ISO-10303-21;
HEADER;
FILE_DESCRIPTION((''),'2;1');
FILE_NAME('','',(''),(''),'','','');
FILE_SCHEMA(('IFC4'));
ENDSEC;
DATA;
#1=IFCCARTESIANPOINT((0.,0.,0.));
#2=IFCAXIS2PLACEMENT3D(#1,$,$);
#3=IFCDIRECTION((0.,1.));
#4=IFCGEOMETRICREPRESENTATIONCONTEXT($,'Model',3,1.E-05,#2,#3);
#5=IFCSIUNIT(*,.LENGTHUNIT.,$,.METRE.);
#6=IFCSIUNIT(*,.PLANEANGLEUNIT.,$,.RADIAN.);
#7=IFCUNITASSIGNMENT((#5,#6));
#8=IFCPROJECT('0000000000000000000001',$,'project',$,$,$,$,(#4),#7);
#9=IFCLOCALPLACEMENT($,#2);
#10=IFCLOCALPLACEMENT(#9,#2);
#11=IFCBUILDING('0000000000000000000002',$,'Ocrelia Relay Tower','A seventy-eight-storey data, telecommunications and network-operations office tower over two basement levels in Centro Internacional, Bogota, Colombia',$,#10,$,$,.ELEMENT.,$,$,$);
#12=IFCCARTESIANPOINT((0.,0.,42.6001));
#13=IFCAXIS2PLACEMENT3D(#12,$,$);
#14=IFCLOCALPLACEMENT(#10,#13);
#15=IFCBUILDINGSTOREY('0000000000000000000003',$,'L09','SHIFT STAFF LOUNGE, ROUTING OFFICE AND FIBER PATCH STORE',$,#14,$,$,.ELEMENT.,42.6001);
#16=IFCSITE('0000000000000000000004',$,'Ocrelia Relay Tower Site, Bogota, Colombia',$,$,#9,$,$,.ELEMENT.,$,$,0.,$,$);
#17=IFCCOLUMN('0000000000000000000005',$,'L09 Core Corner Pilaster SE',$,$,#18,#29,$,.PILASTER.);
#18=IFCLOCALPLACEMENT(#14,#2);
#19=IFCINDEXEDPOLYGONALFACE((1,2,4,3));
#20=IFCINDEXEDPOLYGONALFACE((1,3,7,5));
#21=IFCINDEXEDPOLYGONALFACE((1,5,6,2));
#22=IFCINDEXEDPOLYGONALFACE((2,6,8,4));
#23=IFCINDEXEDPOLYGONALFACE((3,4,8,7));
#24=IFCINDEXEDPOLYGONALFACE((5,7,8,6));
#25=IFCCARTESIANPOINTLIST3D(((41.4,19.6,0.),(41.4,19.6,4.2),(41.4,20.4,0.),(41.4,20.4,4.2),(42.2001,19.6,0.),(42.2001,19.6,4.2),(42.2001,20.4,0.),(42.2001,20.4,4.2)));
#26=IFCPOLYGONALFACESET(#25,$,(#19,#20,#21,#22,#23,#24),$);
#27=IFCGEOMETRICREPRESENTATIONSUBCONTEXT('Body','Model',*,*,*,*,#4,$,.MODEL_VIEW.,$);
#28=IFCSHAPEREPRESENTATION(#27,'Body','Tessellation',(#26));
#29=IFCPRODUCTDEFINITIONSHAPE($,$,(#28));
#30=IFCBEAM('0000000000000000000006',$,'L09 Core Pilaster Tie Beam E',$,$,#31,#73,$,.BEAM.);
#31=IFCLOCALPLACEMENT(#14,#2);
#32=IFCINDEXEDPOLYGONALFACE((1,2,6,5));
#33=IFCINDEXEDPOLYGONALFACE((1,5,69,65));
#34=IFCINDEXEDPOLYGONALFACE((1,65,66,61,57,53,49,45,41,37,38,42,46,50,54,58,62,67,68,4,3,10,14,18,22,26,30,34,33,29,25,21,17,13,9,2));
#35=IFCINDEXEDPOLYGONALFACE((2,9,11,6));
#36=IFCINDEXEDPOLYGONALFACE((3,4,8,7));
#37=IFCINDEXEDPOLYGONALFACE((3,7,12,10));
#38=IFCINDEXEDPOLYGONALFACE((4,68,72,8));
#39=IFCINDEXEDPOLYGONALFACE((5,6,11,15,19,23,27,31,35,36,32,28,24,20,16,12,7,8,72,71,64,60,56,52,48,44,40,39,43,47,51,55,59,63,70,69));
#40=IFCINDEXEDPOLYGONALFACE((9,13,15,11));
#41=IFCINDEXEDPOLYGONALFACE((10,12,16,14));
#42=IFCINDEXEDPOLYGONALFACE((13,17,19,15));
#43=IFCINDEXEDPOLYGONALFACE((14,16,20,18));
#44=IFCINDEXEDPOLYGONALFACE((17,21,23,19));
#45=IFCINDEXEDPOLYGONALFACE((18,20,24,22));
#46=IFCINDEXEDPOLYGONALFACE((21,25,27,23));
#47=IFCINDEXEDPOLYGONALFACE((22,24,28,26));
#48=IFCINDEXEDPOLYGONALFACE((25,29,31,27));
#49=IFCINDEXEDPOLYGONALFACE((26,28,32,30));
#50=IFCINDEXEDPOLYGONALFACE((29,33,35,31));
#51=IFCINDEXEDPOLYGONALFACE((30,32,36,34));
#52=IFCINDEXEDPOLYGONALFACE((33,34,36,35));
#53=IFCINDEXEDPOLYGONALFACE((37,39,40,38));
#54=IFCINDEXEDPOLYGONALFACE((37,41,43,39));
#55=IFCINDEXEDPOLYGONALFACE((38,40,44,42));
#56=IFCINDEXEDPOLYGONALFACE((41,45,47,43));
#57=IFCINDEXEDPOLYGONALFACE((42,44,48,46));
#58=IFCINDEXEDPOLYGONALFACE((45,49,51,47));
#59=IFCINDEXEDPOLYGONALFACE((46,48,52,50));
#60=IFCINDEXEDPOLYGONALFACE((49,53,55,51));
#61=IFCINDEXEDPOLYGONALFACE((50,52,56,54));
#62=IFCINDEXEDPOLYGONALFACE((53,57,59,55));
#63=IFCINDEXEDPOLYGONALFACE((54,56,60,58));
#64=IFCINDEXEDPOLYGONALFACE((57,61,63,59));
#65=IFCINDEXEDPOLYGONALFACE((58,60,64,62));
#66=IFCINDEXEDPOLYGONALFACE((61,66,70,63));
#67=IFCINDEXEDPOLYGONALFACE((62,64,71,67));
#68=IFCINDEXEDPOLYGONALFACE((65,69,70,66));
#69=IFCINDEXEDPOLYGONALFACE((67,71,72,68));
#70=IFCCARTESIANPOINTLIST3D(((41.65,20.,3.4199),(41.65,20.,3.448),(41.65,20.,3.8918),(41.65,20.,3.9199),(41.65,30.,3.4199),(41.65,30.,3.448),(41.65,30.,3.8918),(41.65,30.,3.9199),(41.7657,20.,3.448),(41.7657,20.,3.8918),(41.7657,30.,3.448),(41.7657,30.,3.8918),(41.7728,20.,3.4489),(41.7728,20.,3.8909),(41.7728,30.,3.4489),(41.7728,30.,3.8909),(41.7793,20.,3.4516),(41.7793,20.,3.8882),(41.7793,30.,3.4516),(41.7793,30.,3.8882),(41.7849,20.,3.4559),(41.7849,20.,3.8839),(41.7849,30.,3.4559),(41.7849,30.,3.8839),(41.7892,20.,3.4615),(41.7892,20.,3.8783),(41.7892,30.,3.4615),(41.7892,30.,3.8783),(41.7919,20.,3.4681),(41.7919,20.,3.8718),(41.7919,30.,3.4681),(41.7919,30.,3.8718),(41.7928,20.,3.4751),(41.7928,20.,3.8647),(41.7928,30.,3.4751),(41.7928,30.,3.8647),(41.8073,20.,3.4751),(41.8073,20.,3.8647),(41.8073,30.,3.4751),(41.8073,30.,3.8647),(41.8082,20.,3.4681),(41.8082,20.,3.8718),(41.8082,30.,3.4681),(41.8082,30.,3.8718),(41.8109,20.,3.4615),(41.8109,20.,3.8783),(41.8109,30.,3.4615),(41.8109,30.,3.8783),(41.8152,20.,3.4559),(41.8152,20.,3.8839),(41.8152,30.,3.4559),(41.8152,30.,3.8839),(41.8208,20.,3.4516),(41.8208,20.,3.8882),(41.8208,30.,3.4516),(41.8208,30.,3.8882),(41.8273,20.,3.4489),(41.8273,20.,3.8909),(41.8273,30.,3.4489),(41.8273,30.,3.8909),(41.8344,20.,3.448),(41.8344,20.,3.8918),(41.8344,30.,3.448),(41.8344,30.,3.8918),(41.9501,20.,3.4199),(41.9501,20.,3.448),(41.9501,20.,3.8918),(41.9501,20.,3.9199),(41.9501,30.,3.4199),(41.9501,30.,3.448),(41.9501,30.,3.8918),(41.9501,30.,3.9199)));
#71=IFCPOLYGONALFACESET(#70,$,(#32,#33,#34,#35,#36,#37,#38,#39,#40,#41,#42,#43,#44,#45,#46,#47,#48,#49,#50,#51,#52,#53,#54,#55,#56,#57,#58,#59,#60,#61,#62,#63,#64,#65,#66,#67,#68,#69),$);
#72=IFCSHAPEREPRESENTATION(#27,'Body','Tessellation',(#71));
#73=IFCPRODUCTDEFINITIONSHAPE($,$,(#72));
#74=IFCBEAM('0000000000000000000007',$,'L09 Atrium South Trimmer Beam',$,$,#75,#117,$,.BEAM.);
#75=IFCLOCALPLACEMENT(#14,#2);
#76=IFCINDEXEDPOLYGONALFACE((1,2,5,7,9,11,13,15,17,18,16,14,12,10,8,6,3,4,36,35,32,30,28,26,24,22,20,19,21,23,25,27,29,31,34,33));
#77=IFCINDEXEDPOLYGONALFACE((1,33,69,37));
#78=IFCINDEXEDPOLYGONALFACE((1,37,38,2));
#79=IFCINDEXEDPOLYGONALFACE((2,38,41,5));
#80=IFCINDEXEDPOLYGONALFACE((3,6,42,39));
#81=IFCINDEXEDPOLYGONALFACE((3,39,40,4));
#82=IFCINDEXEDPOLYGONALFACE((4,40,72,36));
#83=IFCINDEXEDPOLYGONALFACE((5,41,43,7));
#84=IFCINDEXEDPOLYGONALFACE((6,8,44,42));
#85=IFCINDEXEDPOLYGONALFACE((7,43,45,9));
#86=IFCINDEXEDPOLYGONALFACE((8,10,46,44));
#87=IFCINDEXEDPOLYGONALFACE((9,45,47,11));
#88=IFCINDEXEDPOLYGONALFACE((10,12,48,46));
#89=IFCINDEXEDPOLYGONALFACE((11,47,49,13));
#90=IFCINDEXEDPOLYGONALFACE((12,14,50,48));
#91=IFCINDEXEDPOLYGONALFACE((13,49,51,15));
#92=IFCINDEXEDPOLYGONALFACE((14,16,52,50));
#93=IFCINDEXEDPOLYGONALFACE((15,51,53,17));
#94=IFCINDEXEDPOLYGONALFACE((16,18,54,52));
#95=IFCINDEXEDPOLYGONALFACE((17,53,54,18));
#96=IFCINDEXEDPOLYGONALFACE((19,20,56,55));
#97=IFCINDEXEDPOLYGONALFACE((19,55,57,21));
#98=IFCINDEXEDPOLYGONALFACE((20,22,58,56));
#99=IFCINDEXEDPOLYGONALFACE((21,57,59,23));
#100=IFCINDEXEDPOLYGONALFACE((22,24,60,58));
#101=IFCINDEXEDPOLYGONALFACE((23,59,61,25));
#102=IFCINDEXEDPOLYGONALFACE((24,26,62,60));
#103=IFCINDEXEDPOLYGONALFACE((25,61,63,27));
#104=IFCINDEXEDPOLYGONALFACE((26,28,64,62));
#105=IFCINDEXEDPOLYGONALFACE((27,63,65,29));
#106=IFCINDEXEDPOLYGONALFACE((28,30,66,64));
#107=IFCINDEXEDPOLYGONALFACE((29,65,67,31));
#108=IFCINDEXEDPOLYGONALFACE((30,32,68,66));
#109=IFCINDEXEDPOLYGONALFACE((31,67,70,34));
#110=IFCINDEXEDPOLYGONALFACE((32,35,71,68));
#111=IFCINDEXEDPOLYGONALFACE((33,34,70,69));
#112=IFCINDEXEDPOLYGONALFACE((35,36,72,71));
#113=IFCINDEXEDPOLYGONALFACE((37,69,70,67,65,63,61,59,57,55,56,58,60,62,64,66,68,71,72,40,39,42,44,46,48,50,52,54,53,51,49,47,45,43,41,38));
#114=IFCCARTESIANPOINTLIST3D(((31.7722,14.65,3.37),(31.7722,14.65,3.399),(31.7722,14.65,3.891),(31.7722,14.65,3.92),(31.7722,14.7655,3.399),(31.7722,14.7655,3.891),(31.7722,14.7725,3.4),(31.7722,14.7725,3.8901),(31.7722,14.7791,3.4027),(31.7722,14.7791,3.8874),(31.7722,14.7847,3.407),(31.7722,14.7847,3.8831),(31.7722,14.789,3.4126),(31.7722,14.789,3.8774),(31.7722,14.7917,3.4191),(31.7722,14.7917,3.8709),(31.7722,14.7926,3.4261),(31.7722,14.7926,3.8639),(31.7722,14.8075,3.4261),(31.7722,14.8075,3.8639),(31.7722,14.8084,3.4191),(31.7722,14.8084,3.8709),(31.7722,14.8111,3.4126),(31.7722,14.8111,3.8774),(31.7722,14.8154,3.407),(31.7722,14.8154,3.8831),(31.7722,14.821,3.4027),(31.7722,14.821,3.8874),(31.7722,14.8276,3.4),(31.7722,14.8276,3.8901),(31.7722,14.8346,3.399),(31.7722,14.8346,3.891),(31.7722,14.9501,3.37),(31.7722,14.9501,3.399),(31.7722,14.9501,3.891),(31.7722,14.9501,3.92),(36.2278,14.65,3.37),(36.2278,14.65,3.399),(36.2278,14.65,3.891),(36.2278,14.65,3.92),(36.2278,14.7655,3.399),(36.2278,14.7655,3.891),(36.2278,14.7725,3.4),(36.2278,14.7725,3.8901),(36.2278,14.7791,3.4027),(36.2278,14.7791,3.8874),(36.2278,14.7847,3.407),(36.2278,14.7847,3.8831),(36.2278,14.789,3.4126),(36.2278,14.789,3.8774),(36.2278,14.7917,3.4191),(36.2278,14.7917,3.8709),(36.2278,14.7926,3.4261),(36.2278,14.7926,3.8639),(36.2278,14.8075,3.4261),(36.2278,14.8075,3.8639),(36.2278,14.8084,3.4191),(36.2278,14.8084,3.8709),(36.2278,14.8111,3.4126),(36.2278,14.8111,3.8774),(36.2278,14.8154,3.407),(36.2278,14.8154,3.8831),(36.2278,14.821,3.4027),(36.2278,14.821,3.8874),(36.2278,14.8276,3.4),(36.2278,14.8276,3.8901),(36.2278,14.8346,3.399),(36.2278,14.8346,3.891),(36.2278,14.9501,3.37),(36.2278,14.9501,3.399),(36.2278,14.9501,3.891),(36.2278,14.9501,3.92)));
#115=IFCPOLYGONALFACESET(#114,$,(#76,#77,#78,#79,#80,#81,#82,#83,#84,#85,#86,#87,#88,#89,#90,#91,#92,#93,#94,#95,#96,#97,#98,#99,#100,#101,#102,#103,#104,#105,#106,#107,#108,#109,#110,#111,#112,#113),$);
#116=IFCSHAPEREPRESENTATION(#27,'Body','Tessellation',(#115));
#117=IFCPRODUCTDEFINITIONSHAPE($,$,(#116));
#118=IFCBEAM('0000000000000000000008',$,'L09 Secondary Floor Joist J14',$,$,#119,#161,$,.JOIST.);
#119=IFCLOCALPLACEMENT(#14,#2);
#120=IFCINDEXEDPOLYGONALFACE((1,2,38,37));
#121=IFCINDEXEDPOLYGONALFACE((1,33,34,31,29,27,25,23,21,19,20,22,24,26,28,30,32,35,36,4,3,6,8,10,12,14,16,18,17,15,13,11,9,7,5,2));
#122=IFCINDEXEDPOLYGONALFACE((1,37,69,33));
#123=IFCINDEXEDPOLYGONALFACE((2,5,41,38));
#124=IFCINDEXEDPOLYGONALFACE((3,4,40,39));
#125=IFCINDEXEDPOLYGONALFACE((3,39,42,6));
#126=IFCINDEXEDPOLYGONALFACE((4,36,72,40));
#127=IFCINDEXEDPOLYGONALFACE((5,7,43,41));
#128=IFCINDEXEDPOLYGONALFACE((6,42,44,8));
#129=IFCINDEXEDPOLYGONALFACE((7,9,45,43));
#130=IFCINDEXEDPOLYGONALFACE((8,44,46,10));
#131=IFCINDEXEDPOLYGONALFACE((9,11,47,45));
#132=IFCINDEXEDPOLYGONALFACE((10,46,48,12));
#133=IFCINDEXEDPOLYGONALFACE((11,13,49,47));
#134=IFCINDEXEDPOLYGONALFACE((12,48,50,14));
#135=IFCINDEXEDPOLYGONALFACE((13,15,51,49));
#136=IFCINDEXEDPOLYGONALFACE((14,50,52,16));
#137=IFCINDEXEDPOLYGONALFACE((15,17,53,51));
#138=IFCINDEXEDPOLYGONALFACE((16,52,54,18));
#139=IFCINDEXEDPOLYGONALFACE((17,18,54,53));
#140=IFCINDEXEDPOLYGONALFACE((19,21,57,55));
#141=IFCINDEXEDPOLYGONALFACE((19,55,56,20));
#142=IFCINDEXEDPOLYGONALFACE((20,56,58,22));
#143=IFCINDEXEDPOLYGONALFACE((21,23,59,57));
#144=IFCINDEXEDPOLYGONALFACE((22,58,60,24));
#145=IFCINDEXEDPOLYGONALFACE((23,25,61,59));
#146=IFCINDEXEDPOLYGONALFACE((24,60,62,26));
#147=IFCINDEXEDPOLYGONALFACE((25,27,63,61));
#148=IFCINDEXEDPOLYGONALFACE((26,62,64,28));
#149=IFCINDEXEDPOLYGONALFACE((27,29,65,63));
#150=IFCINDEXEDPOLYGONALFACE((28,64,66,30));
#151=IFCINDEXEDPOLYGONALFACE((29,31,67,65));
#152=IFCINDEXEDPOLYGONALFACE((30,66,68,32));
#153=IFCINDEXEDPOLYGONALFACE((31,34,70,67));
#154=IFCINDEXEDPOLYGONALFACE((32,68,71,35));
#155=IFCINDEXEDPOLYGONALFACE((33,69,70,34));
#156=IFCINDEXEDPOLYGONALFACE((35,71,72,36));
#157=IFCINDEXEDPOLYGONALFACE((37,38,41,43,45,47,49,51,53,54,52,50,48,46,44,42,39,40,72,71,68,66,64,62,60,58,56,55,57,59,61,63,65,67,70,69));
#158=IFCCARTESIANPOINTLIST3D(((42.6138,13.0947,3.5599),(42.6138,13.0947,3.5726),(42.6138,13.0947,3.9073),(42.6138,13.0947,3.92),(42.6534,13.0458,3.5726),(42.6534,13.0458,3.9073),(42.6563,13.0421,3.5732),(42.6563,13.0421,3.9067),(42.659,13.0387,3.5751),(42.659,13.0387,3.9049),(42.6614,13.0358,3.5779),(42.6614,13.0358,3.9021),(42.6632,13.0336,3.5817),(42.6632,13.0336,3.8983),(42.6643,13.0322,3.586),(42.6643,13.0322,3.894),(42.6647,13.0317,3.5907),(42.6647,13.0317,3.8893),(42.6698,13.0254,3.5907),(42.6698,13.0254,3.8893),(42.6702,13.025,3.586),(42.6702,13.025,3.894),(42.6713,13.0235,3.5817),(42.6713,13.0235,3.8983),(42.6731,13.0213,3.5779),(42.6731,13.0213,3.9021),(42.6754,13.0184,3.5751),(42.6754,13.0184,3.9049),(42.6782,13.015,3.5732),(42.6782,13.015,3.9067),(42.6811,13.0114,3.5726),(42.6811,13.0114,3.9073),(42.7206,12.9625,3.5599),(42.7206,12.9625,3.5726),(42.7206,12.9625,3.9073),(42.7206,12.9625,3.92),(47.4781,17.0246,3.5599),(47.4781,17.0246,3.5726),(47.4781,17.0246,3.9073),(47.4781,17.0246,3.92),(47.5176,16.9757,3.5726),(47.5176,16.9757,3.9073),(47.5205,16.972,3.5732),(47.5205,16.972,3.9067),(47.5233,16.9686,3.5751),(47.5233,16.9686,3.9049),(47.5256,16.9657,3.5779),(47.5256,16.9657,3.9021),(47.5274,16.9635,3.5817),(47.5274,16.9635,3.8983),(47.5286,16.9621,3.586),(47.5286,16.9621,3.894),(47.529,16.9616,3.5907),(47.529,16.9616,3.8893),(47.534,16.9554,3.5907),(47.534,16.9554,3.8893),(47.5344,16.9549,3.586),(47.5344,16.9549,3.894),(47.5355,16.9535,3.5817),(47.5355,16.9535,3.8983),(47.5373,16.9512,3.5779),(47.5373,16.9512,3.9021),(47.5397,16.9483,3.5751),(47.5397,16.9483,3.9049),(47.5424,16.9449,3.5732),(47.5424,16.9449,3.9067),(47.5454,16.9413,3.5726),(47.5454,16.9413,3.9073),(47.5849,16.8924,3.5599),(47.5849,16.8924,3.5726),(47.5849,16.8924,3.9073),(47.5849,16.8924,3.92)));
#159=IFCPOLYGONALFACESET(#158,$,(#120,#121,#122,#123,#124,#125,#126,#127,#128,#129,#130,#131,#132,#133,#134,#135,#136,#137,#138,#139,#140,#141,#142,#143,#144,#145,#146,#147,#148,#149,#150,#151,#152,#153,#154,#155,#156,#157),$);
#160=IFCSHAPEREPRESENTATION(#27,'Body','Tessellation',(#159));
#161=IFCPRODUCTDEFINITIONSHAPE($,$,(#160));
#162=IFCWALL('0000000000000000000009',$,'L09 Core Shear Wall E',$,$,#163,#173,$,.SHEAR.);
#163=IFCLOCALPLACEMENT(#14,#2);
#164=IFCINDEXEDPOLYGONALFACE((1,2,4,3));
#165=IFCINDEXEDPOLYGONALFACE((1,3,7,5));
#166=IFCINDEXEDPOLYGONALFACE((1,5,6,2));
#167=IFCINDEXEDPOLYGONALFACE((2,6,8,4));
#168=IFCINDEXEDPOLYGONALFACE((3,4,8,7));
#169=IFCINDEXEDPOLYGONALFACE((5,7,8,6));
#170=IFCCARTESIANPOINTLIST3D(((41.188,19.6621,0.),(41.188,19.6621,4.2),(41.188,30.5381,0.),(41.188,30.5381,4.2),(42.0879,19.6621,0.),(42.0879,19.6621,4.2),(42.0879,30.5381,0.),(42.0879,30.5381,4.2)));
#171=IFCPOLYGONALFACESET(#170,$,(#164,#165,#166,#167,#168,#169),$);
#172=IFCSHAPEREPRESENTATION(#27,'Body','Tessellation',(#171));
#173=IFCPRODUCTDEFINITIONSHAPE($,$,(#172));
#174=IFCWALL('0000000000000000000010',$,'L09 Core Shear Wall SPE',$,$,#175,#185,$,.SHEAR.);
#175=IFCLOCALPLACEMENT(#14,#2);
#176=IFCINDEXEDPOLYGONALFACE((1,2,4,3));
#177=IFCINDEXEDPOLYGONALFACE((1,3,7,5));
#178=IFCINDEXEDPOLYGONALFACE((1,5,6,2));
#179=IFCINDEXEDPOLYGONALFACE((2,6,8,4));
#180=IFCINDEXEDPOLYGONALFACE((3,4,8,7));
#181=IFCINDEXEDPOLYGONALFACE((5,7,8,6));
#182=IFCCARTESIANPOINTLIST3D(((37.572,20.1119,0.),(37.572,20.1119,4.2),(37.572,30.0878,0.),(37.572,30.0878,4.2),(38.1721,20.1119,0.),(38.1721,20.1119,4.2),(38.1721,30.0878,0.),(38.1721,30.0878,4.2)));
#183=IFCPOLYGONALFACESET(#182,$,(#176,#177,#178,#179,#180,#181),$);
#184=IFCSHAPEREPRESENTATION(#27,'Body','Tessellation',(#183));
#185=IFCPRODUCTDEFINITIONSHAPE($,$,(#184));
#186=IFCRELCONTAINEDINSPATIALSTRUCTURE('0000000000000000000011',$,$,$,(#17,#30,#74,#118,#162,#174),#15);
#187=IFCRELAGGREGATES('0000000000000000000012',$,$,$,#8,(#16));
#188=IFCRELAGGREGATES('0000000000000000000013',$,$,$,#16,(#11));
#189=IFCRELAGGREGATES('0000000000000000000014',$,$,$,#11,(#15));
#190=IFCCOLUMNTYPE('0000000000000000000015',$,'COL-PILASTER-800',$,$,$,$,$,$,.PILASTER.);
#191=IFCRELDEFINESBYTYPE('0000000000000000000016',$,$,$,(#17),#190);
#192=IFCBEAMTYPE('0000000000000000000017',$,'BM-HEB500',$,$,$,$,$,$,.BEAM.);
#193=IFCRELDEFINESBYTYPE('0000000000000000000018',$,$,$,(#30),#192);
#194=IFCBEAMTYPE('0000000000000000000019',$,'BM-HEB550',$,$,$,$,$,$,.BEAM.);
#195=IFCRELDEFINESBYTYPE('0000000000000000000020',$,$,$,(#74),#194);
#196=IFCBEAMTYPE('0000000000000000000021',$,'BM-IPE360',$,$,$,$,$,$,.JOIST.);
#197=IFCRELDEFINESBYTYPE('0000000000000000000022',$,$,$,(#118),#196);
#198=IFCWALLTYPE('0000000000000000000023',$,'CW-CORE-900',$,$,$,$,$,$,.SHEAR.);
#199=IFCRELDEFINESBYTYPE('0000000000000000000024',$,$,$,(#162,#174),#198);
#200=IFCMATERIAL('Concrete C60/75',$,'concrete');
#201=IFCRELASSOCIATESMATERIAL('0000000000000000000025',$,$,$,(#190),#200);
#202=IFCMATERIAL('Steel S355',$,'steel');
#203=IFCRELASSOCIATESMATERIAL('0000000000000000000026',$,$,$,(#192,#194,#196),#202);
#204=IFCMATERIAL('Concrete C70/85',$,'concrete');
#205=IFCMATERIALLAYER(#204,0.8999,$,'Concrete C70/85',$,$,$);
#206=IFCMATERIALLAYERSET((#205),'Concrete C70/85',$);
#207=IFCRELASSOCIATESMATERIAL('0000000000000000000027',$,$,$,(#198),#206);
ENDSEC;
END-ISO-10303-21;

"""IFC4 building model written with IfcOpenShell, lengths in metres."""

from ifc_helpers import new_model, si_unit, direction, frame, frame_2d, origin, origin_2d, place, context, subcontext, project, spatial, rectangle, i_section, extrude, material, layer, layer_set, material_profile, profile_set, type_object, element, save


model = new_model("IFC4")

# Units and contexts
model_context = context("Model", 3, precision=1e-05, world=origin(), true_north=direction((0.0, 1.0)))
body_context = subcontext(model_context, "Body", "Model", "MODEL_VIEW")
ifc_project = project(units=[si_unit("LENGTHUNIT", "METRE"), si_unit("PLANEANGLEUNIT", "RADIAN")], contexts=[model_context])

# Site, building, storey
site_placement = place(None, origin())
site = spatial("IfcSite", under=ifc_project, at=site_placement, Name="Ocrelia Relay Tower Site, Bogota, Colombia", CompositionType="ELEMENT", RefElevation=0.0)
building_placement = place(site_placement, origin())
building = spatial("IfcBuilding", under=site, at=building_placement, Name="Ocrelia Relay Tower", Description="A seventy-eight-storey data, telecommunications and network-operations office tower over two basement levels in Centro Internacional, Bogota, Colombia", CompositionType="ELEMENT")
storey_placement = place(building_placement, frame((0.0, 0.0, 42.6001)))
storey = spatial("IfcBuildingStorey", under=building, at=storey_placement, Name="L09", Description="SHIFT STAFF LOUNGE, ROUTING OFFICE AND FIBER PATCH STORE", CompositionType="ELEMENT", Elevation=42.6001)

# Column
ifc_material_1 = material(Name="Concrete C60/75", Category="concrete")
ifc_material_profile_1 = material_profile(ifc_material_1, rectangle(XDim=0.8, YDim=0.8, at=origin_2d()), Name="RC-COL-800x800")
ifc_profile_set_1 = profile_set([ifc_material_profile_1], Name="Concrete C60/75")
column_type = type_object("IfcColumnType", Name="COL-PILASTER-800", PredefinedType="PILASTER", material=ifc_profile_set_1)
column_placement = place(storey_placement, frame((41.8, 20.0, 0.0), z_axis=(0.0, 0.0, 1.0), x_axis=(1.0, 0.0, 0.0)))
element("IfcColumn", 1, at=column_placement, inside=storey, type_object=column_type, Name="L09 Core Corner Pilaster SE", PredefinedType="PILASTER", context=body_context, shape_type="SweptSolid", body=[
    extrude(rectangle(XDim=0.8, YDim=0.8, at=origin_2d()), origin(), (0.0, 0.0, 1.0), 4.2),
])

# Beams
ifc_material_2 = material(Name="Steel S355", Category="steel")
ifc_material_profile_2 = material_profile(ifc_material_2, i_section(OverallWidth=0.3, OverallDepth=0.5, WebThickness=0.0144, FlangeThickness=0.0281, FilletRadius=0.0271, at=origin_2d()), Name="HEB 500")
ifc_profile_set_2 = profile_set([ifc_material_profile_2], Name="Steel S355")
beam_type_1 = type_object("IfcBeamType", Name="BM-HEB500", PredefinedType="BEAM", material=ifc_profile_set_2)
beam_1_placement = place(storey_placement, frame((41.8, 20.0, 3.6699), z_axis=(0.0, 1.0, 0.0), x_axis=(-1.0, 0.0, 0.0)))
element("IfcBeam", 2, at=beam_1_placement, inside=storey, type_object=beam_type_1, Name="L09 Core Pilaster Tie Beam E", PredefinedType="BEAM", context=body_context, shape_type="SweptSolid", body=[
    extrude(i_section(OverallWidth=0.3, OverallDepth=0.5, WebThickness=0.0144, FlangeThickness=0.0281, FilletRadius=0.0271, at=origin_2d()), origin(), (0.0, 0.0, 1.0), 10.0),
])
ifc_material_profile_3 = material_profile(ifc_material_2, i_section(OverallWidth=0.3, OverallDepth=0.55, WebThickness=0.0149, FlangeThickness=0.0291, FilletRadius=0.0271, at=origin_2d()), Name="HEB 550")
ifc_profile_set_3 = profile_set([ifc_material_profile_3], Name="Steel S355")
beam_type_2 = type_object("IfcBeamType", Name="BM-HEB550", PredefinedType="BEAM", material=ifc_profile_set_3)
beam_2_placement = place(storey_placement, frame((31.7722, 14.8, 3.645), z_axis=(1.0, 0.0, 0.0), x_axis=(0.0, 1.0, 0.0)))
element("IfcBeam", 3, at=beam_2_placement, inside=storey, type_object=beam_type_2, Name="L09 Atrium South Trimmer Beam", PredefinedType="BEAM", context=body_context, shape_type="SweptSolid", body=[
    extrude(i_section(OverallWidth=0.3, OverallDepth=0.55, WebThickness=0.0149, FlangeThickness=0.0291, FilletRadius=0.0271, at=origin_2d()), origin(), (0.0, 0.0, 1.0), 4.4556),
])
ifc_material_profile_4 = material_profile(ifc_material_2, i_section(OverallWidth=0.1699, OverallDepth=0.3601, WebThickness=0.0081, FlangeThickness=0.0127, FilletRadius=0.0181, at=origin_2d()), Name="IPE 360")
ifc_profile_set_4 = profile_set([ifc_material_profile_4], Name="Steel S355")
beam_type_3 = type_object("IfcBeamType", Name="BM-IPE360", PredefinedType="JOIST", material=ifc_profile_set_4)
beam_3_placement = place(storey_placement, frame((42.6672, 13.0286, 3.74), z_axis=(0.777855, 0.628444, 0.0), x_axis=(-0.628444, 0.777855, 0.0)))
element("IfcBeam", 4, at=beam_3_placement, inside=storey, type_object=beam_type_3, Name="L09 Secondary Floor Joist J14", PredefinedType="JOIST", context=body_context, shape_type="SweptSolid", body=[
    extrude(i_section(OverallWidth=0.1699, OverallDepth=0.3601, WebThickness=0.0081, FlangeThickness=0.0127, FilletRadius=0.0181, at=origin_2d()), origin(), (0.0, 0.0, 1.0), 6.2534),
])

# Walls
ifc_material_3 = material(Name="Concrete C70/85", Category="concrete")
ifc_layer_1 = layer(ifc_material_3, 0.8999, Name="Concrete C70/85")
ifc_layer_set_1 = layer_set([ifc_layer_1], Name="Concrete C70/85")
wall_type_1 = type_object("IfcWallType", Name="CW-CORE-900", PredefinedType="SHEAR", material=ifc_layer_set_1)
wall_1_placement = place(storey_placement, frame((41.6379, 19.6621, 0.0), z_axis=(0.0, 0.0, 1.0), x_axis=(0.0, 1.0, 0.0)))
element("IfcWall", 5, at=wall_1_placement, inside=storey, type_object=wall_type_1, Name="L09 Core Shear Wall E", PredefinedType="SHEAR", context=body_context, shape_type="SweptSolid", body=[
    extrude(rectangle(XDim=10.876, YDim=0.8999, at=frame_2d((5.438, 0.0))), origin(), (0.0, 0.0, 1.0), 4.2),
])
wall_2_placement = place(storey_placement, frame((37.8721, 20.1121, 0.0), z_axis=(0.0, 0.0, 1.0), x_axis=(0.0, 1.0, 0.0)))
element("IfcWall", 6, at=wall_2_placement, inside=storey, type_object=wall_type_1, Name="L09 Core Shear Wall SPE", PredefinedType="SHEAR", context=body_context, shape_type="SweptSolid", body=[
    extrude(rectangle(XDim=9.9758, YDim=0.6001, at=frame_2d((4.9878, 0.0))), origin(), (0.0, 0.0, 1.0), 4.2),
])

save(model, "model.ifc")
